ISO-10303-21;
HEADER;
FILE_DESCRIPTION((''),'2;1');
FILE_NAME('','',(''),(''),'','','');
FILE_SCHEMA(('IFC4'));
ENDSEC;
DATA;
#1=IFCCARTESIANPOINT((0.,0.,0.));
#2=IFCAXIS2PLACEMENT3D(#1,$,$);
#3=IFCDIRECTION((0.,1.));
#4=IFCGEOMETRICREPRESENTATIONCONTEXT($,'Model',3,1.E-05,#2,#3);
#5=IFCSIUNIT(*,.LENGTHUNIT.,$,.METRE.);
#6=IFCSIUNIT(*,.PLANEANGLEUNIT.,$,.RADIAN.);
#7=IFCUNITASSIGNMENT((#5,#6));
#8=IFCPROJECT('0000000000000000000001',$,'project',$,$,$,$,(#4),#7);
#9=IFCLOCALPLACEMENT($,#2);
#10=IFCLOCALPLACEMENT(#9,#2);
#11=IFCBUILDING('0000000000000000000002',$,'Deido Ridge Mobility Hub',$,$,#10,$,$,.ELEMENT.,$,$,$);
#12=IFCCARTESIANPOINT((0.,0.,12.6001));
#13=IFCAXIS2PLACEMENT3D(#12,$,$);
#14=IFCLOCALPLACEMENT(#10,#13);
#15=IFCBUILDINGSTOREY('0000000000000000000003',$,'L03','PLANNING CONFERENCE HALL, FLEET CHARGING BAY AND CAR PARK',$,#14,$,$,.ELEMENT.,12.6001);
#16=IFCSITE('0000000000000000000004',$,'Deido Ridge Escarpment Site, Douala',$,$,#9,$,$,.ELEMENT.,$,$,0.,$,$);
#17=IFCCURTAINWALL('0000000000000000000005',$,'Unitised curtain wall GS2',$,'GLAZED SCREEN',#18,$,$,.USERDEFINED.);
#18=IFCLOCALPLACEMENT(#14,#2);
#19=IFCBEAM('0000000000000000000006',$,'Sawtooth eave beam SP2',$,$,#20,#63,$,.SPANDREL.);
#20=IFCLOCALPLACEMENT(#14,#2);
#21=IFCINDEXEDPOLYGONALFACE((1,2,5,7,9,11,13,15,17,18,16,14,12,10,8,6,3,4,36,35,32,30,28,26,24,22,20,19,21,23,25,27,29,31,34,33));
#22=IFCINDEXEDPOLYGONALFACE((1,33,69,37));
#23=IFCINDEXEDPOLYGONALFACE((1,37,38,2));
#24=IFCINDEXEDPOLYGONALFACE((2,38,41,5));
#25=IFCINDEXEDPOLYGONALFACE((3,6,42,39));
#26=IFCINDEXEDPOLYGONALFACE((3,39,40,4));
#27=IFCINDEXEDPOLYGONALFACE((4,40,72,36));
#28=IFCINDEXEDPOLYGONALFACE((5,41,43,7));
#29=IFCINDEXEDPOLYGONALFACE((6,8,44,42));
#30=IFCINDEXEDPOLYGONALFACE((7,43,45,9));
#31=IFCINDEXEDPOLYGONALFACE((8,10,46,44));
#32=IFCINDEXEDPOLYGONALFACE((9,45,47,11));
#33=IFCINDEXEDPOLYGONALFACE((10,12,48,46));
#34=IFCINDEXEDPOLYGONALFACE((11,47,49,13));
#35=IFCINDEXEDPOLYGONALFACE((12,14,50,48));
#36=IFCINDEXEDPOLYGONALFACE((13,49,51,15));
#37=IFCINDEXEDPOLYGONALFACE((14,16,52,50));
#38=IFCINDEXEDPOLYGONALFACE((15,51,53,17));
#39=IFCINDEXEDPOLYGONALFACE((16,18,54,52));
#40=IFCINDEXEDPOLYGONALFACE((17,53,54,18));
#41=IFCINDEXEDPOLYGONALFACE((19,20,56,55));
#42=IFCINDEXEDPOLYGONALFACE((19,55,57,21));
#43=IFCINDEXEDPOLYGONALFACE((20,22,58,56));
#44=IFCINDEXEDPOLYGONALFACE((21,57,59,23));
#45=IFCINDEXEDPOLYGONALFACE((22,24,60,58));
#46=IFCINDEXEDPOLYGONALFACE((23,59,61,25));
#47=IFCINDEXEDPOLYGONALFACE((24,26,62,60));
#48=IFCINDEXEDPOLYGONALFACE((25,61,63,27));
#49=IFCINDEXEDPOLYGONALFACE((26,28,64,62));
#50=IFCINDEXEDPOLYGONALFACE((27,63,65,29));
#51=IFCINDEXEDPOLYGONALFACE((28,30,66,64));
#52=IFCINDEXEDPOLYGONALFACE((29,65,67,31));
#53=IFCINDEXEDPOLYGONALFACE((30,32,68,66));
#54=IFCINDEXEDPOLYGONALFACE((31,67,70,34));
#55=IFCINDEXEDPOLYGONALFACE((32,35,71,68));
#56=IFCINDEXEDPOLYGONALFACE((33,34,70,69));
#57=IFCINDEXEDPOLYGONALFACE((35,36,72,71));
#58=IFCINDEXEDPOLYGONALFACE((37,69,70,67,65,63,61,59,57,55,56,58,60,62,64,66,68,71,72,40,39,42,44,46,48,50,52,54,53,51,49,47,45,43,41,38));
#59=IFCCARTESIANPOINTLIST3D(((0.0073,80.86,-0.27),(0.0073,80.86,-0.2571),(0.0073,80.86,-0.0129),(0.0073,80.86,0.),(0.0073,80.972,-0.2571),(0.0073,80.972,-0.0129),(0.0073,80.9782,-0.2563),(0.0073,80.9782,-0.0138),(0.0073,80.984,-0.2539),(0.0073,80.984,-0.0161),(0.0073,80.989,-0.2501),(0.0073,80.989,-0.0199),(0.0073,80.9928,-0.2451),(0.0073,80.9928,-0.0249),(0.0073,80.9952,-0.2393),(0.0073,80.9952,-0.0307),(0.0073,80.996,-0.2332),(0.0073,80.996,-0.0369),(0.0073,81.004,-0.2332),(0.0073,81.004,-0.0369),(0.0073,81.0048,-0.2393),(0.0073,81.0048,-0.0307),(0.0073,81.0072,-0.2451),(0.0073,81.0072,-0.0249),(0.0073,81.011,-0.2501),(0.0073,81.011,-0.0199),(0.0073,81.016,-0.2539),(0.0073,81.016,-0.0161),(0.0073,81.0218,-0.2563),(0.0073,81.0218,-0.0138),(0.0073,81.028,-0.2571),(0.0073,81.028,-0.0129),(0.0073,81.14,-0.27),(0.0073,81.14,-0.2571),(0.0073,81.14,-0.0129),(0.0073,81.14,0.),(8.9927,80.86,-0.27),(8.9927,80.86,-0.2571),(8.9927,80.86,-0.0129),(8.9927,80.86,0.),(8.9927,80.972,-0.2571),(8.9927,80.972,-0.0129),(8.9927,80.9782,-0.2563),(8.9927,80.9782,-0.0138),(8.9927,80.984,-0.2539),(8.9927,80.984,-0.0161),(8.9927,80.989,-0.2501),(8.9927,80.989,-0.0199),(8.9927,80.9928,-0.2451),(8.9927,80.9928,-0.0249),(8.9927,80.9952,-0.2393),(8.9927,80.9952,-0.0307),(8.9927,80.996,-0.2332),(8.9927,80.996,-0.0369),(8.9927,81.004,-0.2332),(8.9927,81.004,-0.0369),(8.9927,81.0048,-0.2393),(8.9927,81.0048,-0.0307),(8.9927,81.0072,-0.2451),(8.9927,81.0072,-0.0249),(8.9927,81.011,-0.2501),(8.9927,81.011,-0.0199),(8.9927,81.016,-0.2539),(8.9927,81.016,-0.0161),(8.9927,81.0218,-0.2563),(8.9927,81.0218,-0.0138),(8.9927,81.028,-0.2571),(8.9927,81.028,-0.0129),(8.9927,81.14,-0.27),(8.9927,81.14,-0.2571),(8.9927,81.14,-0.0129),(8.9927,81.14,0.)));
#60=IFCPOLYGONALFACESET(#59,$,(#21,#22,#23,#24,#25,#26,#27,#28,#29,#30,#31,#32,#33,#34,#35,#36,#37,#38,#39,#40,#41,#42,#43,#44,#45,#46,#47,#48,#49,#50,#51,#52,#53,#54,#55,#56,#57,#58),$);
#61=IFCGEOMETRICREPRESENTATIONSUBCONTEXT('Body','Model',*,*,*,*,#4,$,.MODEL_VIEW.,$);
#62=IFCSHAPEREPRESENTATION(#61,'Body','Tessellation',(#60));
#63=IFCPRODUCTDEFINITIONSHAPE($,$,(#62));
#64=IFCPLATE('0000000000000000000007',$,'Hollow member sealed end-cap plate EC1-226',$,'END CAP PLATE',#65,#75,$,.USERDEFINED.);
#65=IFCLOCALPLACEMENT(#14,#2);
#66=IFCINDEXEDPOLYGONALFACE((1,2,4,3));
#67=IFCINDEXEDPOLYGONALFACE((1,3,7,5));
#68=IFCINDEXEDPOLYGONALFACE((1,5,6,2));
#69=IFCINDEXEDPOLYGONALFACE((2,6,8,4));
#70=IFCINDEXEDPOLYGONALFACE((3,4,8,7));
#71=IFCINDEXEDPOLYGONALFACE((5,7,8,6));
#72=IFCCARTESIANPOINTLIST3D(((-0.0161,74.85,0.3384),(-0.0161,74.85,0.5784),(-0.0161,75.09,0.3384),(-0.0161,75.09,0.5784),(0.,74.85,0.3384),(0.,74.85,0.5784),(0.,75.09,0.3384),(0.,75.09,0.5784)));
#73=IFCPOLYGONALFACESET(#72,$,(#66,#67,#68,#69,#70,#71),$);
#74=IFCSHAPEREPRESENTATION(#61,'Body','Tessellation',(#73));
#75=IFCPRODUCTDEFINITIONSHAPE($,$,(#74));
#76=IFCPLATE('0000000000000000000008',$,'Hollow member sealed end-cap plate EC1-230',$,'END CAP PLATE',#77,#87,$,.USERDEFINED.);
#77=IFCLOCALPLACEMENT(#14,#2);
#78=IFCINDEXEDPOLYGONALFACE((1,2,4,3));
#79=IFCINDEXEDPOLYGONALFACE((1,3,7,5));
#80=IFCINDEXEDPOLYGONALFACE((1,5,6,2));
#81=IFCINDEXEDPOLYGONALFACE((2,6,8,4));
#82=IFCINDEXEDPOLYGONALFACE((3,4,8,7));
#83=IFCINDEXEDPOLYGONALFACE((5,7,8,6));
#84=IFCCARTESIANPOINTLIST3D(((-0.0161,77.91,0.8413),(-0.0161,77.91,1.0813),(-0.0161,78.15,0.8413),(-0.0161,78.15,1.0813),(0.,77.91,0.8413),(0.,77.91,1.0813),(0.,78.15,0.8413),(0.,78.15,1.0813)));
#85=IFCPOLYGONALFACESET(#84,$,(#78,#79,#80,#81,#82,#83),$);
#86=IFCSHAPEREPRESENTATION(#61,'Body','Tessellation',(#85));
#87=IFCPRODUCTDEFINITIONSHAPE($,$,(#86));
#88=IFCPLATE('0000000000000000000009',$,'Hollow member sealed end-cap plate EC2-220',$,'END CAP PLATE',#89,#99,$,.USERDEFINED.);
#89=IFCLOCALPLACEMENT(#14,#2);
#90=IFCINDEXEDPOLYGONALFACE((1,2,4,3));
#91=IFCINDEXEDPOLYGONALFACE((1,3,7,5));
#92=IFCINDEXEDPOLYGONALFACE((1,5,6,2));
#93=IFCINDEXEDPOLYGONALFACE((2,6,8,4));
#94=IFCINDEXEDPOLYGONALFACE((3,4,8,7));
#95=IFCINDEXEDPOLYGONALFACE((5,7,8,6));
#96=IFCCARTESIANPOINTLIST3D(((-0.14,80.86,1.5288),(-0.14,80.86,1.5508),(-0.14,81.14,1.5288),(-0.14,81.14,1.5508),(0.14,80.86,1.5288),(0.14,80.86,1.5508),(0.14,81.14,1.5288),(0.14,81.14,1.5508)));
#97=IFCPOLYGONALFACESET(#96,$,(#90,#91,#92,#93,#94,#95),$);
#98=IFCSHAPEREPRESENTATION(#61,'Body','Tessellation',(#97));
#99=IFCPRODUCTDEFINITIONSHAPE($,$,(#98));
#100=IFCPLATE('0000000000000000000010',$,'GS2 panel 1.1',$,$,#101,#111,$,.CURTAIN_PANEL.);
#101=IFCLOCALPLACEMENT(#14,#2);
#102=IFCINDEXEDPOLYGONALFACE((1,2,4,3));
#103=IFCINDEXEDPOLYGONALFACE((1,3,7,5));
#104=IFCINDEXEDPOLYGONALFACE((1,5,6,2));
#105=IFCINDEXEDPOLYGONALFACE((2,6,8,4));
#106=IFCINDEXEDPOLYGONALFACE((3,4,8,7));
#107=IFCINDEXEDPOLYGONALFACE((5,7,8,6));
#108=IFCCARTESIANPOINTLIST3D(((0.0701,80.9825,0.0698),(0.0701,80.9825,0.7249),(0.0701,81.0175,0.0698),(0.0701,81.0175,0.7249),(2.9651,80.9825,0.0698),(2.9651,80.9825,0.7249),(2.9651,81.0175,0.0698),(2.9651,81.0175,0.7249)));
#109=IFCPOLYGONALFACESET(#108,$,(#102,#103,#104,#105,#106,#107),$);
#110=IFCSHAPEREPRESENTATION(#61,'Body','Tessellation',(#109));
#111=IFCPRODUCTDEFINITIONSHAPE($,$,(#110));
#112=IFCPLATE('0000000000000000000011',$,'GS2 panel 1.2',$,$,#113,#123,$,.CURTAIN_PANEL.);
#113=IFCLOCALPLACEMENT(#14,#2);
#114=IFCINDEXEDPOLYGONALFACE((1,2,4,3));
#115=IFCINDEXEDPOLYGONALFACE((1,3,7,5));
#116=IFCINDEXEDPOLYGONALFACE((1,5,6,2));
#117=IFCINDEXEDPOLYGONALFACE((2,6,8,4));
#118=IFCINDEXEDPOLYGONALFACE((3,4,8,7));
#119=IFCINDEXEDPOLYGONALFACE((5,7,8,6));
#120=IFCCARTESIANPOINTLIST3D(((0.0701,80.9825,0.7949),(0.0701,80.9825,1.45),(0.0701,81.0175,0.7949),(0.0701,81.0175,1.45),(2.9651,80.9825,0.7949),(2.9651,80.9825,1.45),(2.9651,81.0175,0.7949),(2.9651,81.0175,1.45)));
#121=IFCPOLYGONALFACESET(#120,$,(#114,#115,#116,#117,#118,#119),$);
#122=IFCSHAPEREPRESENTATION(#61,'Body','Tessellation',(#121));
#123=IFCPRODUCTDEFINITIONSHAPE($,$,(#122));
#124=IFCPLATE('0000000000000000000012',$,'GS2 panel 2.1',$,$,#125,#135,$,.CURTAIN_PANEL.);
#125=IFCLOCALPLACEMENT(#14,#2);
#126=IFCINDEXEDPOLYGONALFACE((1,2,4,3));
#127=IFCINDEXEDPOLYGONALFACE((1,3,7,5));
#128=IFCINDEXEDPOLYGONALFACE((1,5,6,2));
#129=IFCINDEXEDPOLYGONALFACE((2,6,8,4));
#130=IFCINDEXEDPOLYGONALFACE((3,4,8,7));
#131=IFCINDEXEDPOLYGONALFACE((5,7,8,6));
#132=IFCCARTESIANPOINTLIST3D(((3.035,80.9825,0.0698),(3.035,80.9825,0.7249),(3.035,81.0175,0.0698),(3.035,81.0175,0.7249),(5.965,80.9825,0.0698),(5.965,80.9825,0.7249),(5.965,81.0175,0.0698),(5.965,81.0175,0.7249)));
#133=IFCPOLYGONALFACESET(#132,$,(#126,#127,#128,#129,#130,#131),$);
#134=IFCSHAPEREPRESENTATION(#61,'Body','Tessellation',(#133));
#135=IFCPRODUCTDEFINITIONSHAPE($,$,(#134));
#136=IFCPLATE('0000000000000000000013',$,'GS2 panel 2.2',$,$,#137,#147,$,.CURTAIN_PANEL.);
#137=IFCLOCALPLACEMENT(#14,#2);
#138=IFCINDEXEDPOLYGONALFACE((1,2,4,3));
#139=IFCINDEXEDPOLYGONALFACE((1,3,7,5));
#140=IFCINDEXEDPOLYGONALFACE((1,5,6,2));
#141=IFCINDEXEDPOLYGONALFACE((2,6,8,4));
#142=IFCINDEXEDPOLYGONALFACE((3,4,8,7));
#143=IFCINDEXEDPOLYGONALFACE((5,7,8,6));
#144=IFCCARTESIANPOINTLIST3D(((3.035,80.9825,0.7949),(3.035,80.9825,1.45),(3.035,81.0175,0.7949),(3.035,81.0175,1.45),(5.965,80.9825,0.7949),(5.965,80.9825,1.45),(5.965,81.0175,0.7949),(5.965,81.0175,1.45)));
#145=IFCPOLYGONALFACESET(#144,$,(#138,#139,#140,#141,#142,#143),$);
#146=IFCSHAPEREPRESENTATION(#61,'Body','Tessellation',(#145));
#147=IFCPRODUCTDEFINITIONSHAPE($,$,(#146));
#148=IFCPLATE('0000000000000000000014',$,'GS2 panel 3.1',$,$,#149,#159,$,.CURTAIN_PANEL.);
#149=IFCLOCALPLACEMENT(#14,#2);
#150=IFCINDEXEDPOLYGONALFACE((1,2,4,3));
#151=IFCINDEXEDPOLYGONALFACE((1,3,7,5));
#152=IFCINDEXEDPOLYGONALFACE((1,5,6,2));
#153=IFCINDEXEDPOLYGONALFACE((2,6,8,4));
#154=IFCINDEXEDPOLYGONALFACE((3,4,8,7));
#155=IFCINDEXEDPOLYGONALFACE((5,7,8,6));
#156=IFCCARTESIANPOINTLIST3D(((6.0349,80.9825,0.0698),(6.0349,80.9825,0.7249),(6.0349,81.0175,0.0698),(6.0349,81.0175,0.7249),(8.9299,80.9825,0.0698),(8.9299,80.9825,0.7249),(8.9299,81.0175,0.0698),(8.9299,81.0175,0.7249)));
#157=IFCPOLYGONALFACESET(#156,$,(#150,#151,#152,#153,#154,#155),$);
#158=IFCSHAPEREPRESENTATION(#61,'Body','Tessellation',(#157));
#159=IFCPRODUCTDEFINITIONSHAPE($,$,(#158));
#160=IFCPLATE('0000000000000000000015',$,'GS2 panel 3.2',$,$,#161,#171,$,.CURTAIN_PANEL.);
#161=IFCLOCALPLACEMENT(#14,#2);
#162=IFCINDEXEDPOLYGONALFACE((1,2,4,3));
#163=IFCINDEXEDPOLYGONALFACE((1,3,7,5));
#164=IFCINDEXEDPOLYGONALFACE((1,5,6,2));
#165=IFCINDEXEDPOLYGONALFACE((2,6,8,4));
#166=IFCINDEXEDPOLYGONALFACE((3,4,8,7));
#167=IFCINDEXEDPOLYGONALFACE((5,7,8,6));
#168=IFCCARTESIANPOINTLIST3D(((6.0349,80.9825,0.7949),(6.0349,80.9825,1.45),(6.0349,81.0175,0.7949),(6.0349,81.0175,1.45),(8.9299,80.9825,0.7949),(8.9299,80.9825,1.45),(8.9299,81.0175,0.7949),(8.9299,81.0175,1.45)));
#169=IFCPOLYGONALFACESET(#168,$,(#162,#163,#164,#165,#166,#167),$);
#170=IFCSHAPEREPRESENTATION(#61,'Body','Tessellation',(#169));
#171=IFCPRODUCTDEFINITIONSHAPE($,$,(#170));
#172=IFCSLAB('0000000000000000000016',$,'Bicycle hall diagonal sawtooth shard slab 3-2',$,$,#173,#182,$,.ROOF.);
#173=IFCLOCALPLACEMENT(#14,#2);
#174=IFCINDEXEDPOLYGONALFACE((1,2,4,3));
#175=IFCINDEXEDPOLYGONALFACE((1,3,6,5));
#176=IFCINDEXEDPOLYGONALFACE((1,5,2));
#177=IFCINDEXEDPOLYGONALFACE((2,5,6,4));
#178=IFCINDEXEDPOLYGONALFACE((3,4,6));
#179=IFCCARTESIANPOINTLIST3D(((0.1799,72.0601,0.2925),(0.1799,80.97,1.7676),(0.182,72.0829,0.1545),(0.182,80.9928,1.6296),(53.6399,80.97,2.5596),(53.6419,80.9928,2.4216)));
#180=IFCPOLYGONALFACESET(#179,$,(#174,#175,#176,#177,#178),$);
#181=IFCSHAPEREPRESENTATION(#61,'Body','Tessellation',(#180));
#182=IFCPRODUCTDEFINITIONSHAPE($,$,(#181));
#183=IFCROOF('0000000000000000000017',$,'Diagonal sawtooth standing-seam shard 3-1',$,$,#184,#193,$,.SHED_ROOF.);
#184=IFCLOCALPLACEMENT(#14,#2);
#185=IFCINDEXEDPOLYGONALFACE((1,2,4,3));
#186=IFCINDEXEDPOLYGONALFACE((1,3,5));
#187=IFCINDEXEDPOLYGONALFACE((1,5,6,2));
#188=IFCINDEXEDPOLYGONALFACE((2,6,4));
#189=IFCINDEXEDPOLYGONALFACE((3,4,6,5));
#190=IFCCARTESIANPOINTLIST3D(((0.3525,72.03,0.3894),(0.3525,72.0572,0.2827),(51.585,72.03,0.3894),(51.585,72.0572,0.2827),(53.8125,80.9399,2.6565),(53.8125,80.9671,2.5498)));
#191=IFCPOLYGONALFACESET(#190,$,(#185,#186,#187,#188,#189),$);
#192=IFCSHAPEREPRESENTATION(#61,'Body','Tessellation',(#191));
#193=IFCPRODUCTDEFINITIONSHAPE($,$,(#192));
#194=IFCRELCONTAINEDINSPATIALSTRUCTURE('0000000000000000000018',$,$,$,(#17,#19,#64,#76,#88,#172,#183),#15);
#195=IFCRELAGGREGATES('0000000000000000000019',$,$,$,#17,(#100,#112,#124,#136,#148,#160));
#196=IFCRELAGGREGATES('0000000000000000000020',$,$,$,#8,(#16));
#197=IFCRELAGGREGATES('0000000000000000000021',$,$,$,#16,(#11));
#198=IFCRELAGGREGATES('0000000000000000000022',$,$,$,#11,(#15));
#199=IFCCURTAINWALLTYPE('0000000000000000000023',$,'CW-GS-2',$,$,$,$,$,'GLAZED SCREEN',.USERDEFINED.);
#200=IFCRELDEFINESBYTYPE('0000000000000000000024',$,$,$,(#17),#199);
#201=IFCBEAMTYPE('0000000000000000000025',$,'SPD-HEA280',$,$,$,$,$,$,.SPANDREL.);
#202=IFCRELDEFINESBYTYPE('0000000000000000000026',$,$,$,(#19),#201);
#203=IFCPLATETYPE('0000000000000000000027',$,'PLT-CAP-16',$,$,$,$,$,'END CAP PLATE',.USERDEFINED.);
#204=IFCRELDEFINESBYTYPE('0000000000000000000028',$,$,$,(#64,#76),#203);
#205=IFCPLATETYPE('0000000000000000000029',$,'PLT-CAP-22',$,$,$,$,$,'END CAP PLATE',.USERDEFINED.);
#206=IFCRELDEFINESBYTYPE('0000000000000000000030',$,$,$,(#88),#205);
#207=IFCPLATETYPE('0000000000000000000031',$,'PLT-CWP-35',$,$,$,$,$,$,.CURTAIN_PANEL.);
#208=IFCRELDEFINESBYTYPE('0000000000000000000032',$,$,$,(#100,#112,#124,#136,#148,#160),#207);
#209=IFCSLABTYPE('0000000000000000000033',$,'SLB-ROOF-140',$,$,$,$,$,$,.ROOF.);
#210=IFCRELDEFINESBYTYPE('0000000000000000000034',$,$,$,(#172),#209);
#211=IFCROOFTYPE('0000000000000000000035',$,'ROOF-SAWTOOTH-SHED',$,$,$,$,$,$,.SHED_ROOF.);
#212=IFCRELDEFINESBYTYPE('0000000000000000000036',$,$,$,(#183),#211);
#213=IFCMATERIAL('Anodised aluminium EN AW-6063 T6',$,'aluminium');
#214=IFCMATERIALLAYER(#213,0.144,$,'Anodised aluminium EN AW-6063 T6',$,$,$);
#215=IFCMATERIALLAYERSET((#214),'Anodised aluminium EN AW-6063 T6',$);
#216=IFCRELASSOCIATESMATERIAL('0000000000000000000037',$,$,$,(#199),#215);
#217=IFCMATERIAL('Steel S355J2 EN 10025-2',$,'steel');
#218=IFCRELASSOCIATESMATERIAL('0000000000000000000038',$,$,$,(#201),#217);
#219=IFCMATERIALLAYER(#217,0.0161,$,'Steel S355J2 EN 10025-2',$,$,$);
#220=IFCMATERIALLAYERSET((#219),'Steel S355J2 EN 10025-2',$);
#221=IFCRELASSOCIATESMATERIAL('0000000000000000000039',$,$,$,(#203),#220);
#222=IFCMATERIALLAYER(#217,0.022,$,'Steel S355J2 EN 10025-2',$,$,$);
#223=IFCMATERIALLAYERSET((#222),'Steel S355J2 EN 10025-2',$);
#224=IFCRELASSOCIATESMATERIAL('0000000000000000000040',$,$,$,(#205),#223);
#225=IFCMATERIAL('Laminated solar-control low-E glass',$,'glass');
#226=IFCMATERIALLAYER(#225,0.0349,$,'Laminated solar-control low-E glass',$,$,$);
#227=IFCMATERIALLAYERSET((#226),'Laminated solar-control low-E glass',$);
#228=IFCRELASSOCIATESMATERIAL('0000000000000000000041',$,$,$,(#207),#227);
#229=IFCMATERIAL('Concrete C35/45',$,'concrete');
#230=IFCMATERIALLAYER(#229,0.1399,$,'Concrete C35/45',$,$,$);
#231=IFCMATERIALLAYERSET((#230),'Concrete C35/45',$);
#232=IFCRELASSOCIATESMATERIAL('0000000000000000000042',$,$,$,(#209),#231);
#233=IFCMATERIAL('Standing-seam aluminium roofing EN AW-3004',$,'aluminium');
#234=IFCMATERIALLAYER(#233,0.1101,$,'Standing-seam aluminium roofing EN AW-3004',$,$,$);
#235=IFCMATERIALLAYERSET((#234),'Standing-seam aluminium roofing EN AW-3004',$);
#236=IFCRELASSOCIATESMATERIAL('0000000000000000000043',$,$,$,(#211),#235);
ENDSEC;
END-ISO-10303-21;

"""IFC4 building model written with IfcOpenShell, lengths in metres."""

from ifc_helpers import new_model, si_unit, direction, frame, origin, origin_2d, place, context, subcontext, project, spatial, polyline, rectangle, i_section, outline, extrude, material, layer, layer_set, material_profile, profile_set, type_object, element, aggregate, save


model = new_model("IFC4")

# Units and contexts
model_context = context("Model", 3, precision=1e-05, world=origin(), true_north=direction((0.0, 1.0)))
body_context = subcontext(model_context, "Body", "Model", "MODEL_VIEW")
ifc_project = project(units=[si_unit("LENGTHUNIT", "METRE"), si_unit("PLANEANGLEUNIT", "RADIAN")], contexts=[model_context])

# Site, building, storey
site_placement = place(None, origin())
site = spatial("IfcSite", under=ifc_project, at=site_placement, Name="Deido Ridge Escarpment Site, Douala", CompositionType="ELEMENT", RefElevation=0.0)
building_placement = place(site_placement, origin())
building = spatial("IfcBuilding", under=site, at=building_placement, Name="Deido Ridge Mobility Hub", CompositionType="ELEMENT")
storey_placement = place(building_placement, frame((0.0, 0.0, 12.6001)))
storey = spatial("IfcBuildingStorey", under=building, at=storey_placement, Name="L03", Description="PLANNING CONFERENCE HALL, FLEET CHARGING BAY AND CAR PARK", CompositionType="ELEMENT", Elevation=12.6001)

# Curtain wall
ifc_material_1 = material(Name="Anodised aluminium EN AW-6063 T6", Category="aluminium")
ifc_layer_1 = layer(ifc_material_1, 0.144, Name="Anodised aluminium EN AW-6063 T6")
ifc_layer_set_1 = layer_set([ifc_layer_1], Name="Anodised aluminium EN AW-6063 T6")
curtain_wall_type = type_object("IfcCurtainWallType", Name="CW-GS-2", ElementType="GLAZED SCREEN", PredefinedType="USERDEFINED", material=ifc_layer_set_1)
curtain_wall_placement = place(storey_placement, origin())
curtain_wall = element("IfcCurtainWall", 1, at=curtain_wall_placement, inside=storey, type_object=curtain_wall_type, Name="Unitised curtain wall GS2", ObjectType="GLAZED SCREEN", PredefinedType="USERDEFINED")

# Beam
ifc_material_2 = material(Name="Steel S355J2 EN 10025-2", Category="steel")
ifc_material_profile_1 = material_profile(ifc_material_2, i_section(OverallWidth=0.28, OverallDepth=0.27, WebThickness=0.0081, FlangeThickness=0.0129, FilletRadius=0.0239, at=origin_2d()), Name="HEA 280")
ifc_profile_set_1 = profile_set([ifc_material_profile_1], Name="Steel S355J2 EN 10025-2")
beam_type = type_object("IfcBeamType", Name="SPD-HEA280", PredefinedType="SPANDREL", material=ifc_profile_set_1)
beam_placement = place(storey_placement, frame((0.0073, 81.0, -0.135), z_axis=(1.0, 0.0, 0.0), x_axis=(0.0, 1.0, 0.0)))
element("IfcBeam", 2, at=beam_placement, inside=storey, type_object=beam_type, Name="Sawtooth eave beam SP2", PredefinedType="SPANDREL", context=body_context, shape_type="SweptSolid", body=[
    extrude(i_section(OverallWidth=0.28, OverallDepth=0.27, WebThickness=0.0081, FlangeThickness=0.0129, FilletRadius=0.0239, at=origin_2d()), origin(), (0.0, 0.0, 1.0), 8.9854),
])

# Plates
ifc_layer_2 = layer(ifc_material_2, 0.0161, Name="Steel S355J2 EN 10025-2")
ifc_layer_set_2 = layer_set([ifc_layer_2], Name="Steel S355J2 EN 10025-2")
plate_type_1 = type_object("IfcPlateType", Name="PLT-CAP-16", ElementType="END CAP PLATE", PredefinedType="USERDEFINED", material=ifc_layer_set_2)
for number, where, z_axis, x_axis, name in (
    (3, (-0.0081, 74.97, 0.3384), (0.0, 0.0, 1.0), (1.0, 0.0, 0.0), "Hollow member sealed end-cap plate EC1-226"),
    (4, (-0.0081, 78.03, 0.8413), (0.0, 0.0, 1.0), (1.0, 0.0, 0.0), "Hollow member sealed end-cap plate EC1-230"),
):
    element("IfcPlate", number, at=place(storey_placement, frame(where, z_axis=z_axis, x_axis=x_axis)), inside=storey, type_object=plate_type_1, Name=name, ObjectType="END CAP PLATE", PredefinedType="USERDEFINED", context=body_context, shape_type="SweptSolid", body=[
        extrude(rectangle(XDim=0.0161, YDim=0.24, at=origin_2d()), origin(), (0.0, 0.0, 1.0), 0.24),
    ])
ifc_layer_3 = layer(ifc_material_2, 0.022, Name="Steel S355J2 EN 10025-2")
ifc_layer_set_3 = layer_set([ifc_layer_3], Name="Steel S355J2 EN 10025-2")
plate_type_2 = type_object("IfcPlateType", Name="PLT-CAP-22", ElementType="END CAP PLATE", PredefinedType="USERDEFINED", material=ifc_layer_set_3)
plate_1_placement = place(storey_placement, frame((0.0, 81.0, 1.5288), z_axis=(0.0, 0.0, 1.0), x_axis=(1.0, 0.0, 0.0)))
element("IfcPlate", 5, at=plate_1_placement, inside=storey, type_object=plate_type_2, Name="Hollow member sealed end-cap plate EC2-220", ObjectType="END CAP PLATE", PredefinedType="USERDEFINED", context=body_context, shape_type="SweptSolid", body=[
    extrude(rectangle(XDim=0.28, YDim=0.28, at=origin_2d()), origin(), (0.0, 0.0, 1.0), 0.022),
])

# Plates
ifc_material_3 = material(Name="Laminated solar-control low-E glass", Category="glass")
ifc_layer_4 = layer(ifc_material_3, 0.0349, Name="Laminated solar-control low-E glass")
ifc_layer_set_4 = layer_set([ifc_layer_4], Name="Laminated solar-control low-E glass")
plate_type_3 = type_object("IfcPlateType", Name="PLT-CWP-35", PredefinedType="CURTAIN_PANEL", material=ifc_layer_set_4)
plate_2_placement = place(storey_placement, frame((1.5176, 81.0, 0.0698), z_axis=(0.0, 0.0, 1.0), x_axis=(1.0, 0.0, 0.0)))
plate_2 = element("IfcPlate", 6, at=plate_2_placement, type_object=plate_type_3, Name="GS2 panel 1.1", PredefinedType="CURTAIN_PANEL", context=body_context, shape_type="SweptSolid", body=[
    extrude(rectangle(XDim=2.895, YDim=0.0349, at=origin_2d()), origin(), (0.0, 0.0, 1.0), 0.655),
])
plate_3_placement = place(storey_placement, frame((1.5176, 81.0, 0.7949), z_axis=(0.0, 0.0, 1.0), x_axis=(1.0, 0.0, 0.0)))
plate_3 = element("IfcPlate", 7, at=plate_3_placement, type_object=plate_type_3, Name="GS2 panel 1.2", PredefinedType="CURTAIN_PANEL", context=body_context, shape_type="SweptSolid", body=[
    extrude(rectangle(XDim=2.895, YDim=0.0349, at=origin_2d()), origin(), (0.0, 0.0, 1.0), 0.655),
])
plate_4_placement = place(storey_placement, frame((4.5, 81.0, 0.0698), z_axis=(0.0, 0.0, 1.0), x_axis=(1.0, 0.0, 0.0)))
plate_4 = element("IfcPlate", 8, at=plate_4_placement, type_object=plate_type_3, Name="GS2 panel 2.1", PredefinedType="CURTAIN_PANEL", context=body_context, shape_type="SweptSolid", body=[
    extrude(rectangle(XDim=2.9299, YDim=0.0349, at=origin_2d()), origin(), (0.0, 0.0, 1.0), 0.655),
])
plate_5_placement = place(storey_placement, frame((4.5, 81.0, 0.7949), z_axis=(0.0, 0.0, 1.0), x_axis=(1.0, 0.0, 0.0)))
plate_5 = element("IfcPlate", 9, at=plate_5_placement, type_object=plate_type_3, Name="GS2 panel 2.2", PredefinedType="CURTAIN_PANEL", context=body_context, shape_type="SweptSolid", body=[
    extrude(rectangle(XDim=2.9299, YDim=0.0349, at=origin_2d()), origin(), (0.0, 0.0, 1.0), 0.655),
])
plate_6_placement = place(storey_placement, frame((7.4824, 81.0, 0.0698), z_axis=(0.0, 0.0, 1.0), x_axis=(1.0, 0.0, 0.0)))
plate_6 = element("IfcPlate", 10, at=plate_6_placement, type_object=plate_type_3, Name="GS2 panel 3.1", PredefinedType="CURTAIN_PANEL", context=body_context, shape_type="SweptSolid", body=[
    extrude(rectangle(XDim=2.895, YDim=0.0349, at=origin_2d()), origin(), (0.0, 0.0, 1.0), 0.655),
])
plate_7_placement = place(storey_placement, frame((7.4824, 81.0, 0.7949), z_axis=(0.0, 0.0, 1.0), x_axis=(1.0, 0.0, 0.0)))
plate_7 = element("IfcPlate", 11, at=plate_7_placement, type_object=plate_type_3, Name="GS2 panel 3.2", PredefinedType="CURTAIN_PANEL", context=body_context, shape_type="SweptSolid", body=[
    extrude(rectangle(XDim=2.895, YDim=0.0349, at=origin_2d()), origin(), (0.0, 0.0, 1.0), 0.655),
])
aggregate(curtain_wall, [plate_2, plate_3, plate_4, plate_5, plate_6, plate_7])

# Slab
ifc_material_4 = material(Name="Concrete C35/45", Category="concrete")
ifc_layer_5 = layer(ifc_material_4, 0.1399, Name="Concrete C35/45")
ifc_layer_set_5 = layer_set([ifc_layer_5], Name="Concrete C35/45")
slab_type = type_object("IfcSlabType", Name="SLB-ROOF-140", PredefinedType="ROOF", material=ifc_layer_set_5)
slab_placement = place(storey_placement, frame((0.1799, 72.0601, 0.2925), z_axis=(-0.014614, -0.163316, 0.986466), x_axis=(0.985532, 0.164254, 0.041794)))
element("IfcSlab", 12, at=slab_placement, inside=storey, type_object=slab_type, Name="Bicycle hall diagonal sawtooth shard slab 3-2", PredefinedType="ROOF", context=body_context, shape_type="SweptSolid", body=[
    extrude(outline(polyline([(0.0, 0.0), (54.2448, 0.0), (1.5251, 8.9015), (0.0, 0.0)])), origin(), (0.0, 0.0, -1.0), 0.1399),
])

# Roof
ifc_material_5 = material(Name="Standing-seam aluminium roofing EN AW-3004", Category="aluminium")
ifc_layer_6 = layer(ifc_material_5, 0.1101, Name="Standing-seam aluminium roofing EN AW-3004")
ifc_layer_set_6 = layer_set([ifc_layer_6], Name="Standing-seam aluminium roofing EN AW-3004")
roof_type = type_object("IfcRoofType", Name="ROOF-SAWTOOTH-SHED", PredefinedType="SHED_ROOF", material=ifc_layer_set_6)
roof_1_placement = place(storey_placement, frame((0.3525, 72.03, 0.3894), z_axis=(0.0, -0.246589, 0.96912), x_axis=(1.0, 0.0, 0.0)))
element("IfcRoof", 13, at=roof_1_placement, inside=storey, type_object=roof_type, Name="Diagonal sawtooth standing-seam shard 3-1", PredefinedType="SHED_ROOF", context=body_context, shape_type="SweptSolid", body=[
    extrude(outline(polyline([(0.0, 0.0), (51.2324, 0.0), (53.46, 9.1938), (0.0, 0.0)])), origin(), (0.0, 0.0, -1.0), 0.1101),
])

save(model, "model.ifc")
